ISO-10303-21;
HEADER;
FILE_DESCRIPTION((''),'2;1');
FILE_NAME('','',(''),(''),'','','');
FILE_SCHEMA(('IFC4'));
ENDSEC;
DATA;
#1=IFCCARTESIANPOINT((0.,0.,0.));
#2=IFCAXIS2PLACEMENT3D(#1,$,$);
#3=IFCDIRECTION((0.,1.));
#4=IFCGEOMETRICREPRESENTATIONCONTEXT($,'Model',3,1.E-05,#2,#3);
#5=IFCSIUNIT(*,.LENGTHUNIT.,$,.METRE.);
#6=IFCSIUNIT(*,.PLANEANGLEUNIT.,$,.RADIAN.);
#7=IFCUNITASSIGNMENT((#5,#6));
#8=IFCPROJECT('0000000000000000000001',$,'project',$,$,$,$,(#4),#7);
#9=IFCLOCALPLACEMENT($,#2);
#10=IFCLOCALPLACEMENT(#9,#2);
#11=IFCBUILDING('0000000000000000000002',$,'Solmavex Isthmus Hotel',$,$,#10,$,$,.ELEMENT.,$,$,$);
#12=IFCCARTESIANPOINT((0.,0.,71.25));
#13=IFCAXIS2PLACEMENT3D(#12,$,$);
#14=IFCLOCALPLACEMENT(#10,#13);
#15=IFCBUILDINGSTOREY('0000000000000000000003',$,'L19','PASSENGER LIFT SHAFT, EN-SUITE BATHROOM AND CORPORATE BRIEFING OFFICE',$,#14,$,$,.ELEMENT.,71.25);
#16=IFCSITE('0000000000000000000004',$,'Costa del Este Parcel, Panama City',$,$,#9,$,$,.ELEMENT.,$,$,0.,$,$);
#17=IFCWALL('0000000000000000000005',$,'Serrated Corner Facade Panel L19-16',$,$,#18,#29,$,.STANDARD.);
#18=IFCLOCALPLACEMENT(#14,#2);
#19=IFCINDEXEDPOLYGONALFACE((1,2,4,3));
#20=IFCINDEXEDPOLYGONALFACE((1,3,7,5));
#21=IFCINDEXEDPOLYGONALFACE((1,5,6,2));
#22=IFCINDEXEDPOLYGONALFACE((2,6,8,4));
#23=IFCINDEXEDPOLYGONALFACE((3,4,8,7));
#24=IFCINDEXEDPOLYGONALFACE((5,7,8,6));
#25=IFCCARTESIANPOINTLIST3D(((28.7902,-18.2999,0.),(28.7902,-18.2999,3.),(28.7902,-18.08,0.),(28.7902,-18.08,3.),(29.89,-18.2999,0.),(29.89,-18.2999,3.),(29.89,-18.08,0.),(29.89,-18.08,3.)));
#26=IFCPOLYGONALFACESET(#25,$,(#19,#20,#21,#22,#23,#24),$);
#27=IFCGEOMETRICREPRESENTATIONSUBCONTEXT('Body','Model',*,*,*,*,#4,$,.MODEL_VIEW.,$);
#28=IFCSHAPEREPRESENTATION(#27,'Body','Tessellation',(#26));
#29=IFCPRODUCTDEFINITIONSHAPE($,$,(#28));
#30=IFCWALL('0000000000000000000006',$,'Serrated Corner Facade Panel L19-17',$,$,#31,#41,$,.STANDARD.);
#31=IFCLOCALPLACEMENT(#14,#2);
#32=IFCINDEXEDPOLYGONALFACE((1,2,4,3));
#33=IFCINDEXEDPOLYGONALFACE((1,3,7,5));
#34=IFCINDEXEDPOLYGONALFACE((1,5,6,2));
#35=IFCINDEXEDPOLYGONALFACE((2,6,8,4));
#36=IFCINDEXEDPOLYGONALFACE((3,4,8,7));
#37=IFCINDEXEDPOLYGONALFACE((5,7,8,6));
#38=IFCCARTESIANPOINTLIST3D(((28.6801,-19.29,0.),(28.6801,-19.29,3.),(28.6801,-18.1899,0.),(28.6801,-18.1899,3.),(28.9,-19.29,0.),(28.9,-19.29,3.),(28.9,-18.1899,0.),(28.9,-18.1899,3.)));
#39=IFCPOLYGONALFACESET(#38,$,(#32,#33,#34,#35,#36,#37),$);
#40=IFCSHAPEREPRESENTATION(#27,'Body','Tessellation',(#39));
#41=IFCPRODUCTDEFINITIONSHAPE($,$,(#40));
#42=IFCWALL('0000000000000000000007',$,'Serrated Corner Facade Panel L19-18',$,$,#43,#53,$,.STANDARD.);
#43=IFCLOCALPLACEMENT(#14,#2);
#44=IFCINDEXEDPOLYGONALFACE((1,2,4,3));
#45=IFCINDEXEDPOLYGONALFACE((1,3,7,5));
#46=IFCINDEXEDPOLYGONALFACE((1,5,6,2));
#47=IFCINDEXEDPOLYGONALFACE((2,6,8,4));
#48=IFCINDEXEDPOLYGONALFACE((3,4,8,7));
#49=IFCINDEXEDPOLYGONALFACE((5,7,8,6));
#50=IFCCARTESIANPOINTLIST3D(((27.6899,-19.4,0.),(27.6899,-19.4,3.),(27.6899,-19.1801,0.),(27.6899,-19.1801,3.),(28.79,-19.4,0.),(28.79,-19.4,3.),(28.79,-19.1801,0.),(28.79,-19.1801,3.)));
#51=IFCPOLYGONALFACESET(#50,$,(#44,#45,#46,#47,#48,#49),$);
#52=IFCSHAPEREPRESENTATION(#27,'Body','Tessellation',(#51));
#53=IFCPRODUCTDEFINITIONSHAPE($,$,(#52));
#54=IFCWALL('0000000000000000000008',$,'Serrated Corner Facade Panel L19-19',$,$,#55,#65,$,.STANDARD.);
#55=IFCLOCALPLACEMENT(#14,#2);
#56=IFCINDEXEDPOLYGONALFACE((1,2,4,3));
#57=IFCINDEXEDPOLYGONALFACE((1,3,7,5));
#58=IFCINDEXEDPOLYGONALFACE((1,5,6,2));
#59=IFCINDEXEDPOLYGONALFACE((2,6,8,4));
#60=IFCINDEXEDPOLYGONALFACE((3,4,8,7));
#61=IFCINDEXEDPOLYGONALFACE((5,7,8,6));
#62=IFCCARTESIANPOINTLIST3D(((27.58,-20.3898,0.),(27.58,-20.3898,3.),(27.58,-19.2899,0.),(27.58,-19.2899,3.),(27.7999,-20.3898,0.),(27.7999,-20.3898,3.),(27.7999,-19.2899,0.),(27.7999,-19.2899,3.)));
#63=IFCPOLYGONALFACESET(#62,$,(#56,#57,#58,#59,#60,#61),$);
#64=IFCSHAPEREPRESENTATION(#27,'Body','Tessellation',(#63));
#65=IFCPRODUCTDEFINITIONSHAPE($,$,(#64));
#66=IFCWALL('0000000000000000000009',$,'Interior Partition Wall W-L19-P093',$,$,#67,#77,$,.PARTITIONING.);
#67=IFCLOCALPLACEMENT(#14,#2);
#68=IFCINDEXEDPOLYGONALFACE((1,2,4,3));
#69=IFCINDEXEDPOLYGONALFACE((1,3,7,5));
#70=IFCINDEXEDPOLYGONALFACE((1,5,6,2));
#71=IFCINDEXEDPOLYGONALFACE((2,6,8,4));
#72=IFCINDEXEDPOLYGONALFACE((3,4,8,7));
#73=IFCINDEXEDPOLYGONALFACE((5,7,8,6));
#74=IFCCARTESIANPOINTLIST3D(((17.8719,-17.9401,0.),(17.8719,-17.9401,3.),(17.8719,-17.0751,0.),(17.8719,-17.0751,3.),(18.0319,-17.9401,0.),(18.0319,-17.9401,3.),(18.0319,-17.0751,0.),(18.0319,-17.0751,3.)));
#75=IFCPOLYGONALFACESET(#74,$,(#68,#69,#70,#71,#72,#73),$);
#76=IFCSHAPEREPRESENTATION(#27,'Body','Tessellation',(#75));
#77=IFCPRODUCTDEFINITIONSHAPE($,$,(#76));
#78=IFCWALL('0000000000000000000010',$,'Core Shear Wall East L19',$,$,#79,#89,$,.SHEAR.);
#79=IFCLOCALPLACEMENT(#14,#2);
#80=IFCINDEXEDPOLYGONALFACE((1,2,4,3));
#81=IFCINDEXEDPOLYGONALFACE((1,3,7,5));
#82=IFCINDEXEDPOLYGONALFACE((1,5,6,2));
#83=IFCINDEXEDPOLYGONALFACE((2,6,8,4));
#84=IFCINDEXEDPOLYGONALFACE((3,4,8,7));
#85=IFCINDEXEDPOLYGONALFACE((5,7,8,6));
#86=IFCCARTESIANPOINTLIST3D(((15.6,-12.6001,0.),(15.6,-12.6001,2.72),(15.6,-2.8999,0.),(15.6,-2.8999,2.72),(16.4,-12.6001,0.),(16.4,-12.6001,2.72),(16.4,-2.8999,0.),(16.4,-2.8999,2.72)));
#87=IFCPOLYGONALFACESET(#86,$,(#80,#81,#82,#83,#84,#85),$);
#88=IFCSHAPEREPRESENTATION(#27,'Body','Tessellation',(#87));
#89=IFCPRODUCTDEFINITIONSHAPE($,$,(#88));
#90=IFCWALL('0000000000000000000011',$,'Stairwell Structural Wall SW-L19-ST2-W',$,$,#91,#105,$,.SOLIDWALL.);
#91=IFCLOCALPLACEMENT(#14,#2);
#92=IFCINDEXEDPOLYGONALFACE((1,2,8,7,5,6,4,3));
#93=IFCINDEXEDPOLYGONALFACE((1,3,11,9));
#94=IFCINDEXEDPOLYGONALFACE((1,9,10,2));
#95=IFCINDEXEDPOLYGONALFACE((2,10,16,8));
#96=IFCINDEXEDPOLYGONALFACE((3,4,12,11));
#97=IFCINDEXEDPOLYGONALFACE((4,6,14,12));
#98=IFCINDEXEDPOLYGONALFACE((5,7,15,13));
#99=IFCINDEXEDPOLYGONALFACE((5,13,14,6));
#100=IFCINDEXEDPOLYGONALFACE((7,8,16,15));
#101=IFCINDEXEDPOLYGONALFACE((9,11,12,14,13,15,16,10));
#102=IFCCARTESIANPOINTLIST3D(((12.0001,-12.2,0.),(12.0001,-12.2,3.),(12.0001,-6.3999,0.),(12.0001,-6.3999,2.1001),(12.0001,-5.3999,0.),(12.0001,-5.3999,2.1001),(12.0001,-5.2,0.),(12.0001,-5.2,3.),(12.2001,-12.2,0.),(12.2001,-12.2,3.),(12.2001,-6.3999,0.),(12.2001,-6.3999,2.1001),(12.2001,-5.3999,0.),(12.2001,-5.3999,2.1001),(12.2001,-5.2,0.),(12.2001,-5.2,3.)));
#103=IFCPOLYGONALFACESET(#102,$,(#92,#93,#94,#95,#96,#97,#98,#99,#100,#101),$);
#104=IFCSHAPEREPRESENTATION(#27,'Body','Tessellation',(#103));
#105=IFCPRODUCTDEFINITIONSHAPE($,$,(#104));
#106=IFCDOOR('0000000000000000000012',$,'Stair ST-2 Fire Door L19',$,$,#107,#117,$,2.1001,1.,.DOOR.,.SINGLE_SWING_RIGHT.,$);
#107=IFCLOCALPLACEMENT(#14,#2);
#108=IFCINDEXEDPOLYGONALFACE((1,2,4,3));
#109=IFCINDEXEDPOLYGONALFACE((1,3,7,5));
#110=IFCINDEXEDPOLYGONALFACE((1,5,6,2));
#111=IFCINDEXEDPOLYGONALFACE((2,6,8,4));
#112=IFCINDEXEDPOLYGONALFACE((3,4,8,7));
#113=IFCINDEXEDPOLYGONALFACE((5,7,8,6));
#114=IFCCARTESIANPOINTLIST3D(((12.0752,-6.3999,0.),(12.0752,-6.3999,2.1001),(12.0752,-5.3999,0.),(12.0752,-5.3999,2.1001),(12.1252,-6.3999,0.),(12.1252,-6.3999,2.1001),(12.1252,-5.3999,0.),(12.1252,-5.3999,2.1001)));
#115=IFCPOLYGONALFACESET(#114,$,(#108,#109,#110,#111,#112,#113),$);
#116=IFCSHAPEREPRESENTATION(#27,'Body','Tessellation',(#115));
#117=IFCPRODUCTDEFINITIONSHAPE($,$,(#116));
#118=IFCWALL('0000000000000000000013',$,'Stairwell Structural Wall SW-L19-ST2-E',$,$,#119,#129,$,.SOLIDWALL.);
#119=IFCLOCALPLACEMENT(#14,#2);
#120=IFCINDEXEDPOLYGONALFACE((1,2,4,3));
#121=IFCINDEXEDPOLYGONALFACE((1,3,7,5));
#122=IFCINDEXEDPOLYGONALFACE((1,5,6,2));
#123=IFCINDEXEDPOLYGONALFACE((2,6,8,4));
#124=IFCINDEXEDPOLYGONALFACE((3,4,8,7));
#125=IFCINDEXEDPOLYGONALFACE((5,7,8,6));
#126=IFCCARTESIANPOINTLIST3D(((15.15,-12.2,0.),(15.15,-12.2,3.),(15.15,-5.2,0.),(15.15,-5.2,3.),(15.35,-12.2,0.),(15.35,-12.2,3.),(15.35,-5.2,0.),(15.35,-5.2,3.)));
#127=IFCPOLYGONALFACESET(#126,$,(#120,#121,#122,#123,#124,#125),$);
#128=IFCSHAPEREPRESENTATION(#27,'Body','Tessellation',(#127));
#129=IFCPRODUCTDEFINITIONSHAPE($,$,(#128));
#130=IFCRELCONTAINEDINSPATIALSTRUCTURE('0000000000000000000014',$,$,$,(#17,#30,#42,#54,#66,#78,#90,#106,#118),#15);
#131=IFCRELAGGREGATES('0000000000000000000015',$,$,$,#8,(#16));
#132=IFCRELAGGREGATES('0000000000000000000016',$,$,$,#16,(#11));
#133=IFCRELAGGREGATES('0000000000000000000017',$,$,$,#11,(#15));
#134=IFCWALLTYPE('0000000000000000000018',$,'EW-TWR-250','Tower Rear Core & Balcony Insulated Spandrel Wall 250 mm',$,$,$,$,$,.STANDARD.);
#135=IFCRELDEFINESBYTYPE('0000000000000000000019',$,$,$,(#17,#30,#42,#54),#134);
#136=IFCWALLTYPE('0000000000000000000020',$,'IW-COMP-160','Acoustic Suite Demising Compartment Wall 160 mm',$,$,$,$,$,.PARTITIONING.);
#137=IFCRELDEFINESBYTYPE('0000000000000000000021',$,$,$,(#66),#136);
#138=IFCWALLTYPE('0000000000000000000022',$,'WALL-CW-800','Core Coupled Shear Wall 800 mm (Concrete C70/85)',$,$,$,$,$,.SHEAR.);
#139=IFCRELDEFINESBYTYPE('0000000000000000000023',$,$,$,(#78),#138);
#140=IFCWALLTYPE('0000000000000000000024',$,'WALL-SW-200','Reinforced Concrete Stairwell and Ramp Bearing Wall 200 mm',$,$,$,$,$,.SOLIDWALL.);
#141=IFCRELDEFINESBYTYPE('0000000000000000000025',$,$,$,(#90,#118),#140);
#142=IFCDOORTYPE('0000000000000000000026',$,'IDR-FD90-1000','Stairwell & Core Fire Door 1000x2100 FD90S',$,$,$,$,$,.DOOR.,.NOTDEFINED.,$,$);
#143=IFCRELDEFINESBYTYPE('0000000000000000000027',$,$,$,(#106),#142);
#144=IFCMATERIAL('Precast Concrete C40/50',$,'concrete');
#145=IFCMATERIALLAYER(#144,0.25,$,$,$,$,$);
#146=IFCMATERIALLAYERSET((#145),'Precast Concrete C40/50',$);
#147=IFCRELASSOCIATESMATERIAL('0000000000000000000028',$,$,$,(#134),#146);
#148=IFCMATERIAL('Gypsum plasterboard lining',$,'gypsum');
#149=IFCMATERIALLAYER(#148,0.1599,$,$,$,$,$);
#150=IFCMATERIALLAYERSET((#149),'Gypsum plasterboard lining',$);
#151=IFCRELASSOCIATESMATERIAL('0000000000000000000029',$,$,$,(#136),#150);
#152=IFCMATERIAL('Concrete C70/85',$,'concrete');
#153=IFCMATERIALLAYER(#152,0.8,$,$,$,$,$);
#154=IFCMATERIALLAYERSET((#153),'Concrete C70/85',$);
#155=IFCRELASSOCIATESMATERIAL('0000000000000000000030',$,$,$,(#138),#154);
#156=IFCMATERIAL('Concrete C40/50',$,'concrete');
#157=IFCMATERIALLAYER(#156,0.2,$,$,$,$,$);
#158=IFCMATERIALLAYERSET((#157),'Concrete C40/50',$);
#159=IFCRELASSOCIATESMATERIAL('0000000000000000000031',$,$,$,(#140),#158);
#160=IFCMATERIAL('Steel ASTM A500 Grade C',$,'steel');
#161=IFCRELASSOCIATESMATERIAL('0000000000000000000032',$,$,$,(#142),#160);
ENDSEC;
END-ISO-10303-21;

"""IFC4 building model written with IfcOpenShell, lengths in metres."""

from ifc_helpers import new_model, si_unit, direction, frame, frame_2d, origin, place, context, subcontext, project, spatial, rectangle, extrude, material, layer, layer_set, type_object, element, fill, save


model = new_model("IFC4")

# Units and contexts
model_context = context("Model", 3, precision=1e-05, world=origin(), true_north=direction((0.0, 1.0)))
body_context = subcontext(model_context, "Body", "Model", "MODEL_VIEW")
ifc_project = project(units=[si_unit("LENGTHUNIT", "METRE"), si_unit("PLANEANGLEUNIT", "RADIAN")], contexts=[model_context])

# Site, building, storey
site_placement = place(None, origin())
site = spatial("IfcSite", under=ifc_project, at=site_placement, Name="Costa del Este Parcel, Panama City", CompositionType="ELEMENT", RefElevation=0.0)
building_placement = place(site_placement, origin())
building = spatial("IfcBuilding", under=site, at=building_placement, Name="Solmavex Isthmus Hotel", CompositionType="ELEMENT")
storey_placement = place(building_placement, frame((0.0, 0.0, 71.25)))
storey = spatial("IfcBuildingStorey", under=building, at=storey_placement, Name="L19", Description="PASSENGER LIFT SHAFT, EN-SUITE BATHROOM AND CORPORATE BRIEFING OFFICE", CompositionType="ELEMENT", Elevation=71.25)

# Shared definitions
ifc_material_1 = material(Name="Concrete C70/85", Category="concrete")

# Walls
ifc_material_2 = material(Name="Precast Concrete C40/50", Category="concrete")
ifc_layer_1 = layer(ifc_material_2, 0.25)
ifc_layer_set_1 = layer_set([ifc_layer_1], Name="Precast Concrete C40/50")
wall_type_1 = type_object("IfcWallType", Name="EW-TWR-250", Description="Tower Rear Core & Balcony Insulated Spandrel Wall 250 mm", PredefinedType="STANDARD", material=ifc_layer_set_1)
wall_1_placement = place(storey_placement, frame((29.8899, -18.1899, 0.0), z_axis=(0.0, 0.0, 1.0), x_axis=(-1.0, 0.0, 0.0)))
element("IfcWall", 1, at=wall_1_placement, inside=storey, type_object=wall_type_1, Name="Serrated Corner Facade Panel L19-16", PredefinedType="STANDARD", context=body_context, shape_type="SweptSolid", body=[
    extrude(rectangle(XDim=1.0999, YDim=0.22, at=frame_2d((0.5498, 0.0))), origin(), (0.0, 0.0, 1.0), 3.0),
])
for number, where, z_axis, x_axis, name in (
    (2, (28.79, -18.1899, 0.0), (0.0, 0.0, 1.0), (0.0, -1.0, 0.0), "Serrated Corner Facade Panel L19-17"),
    (3, (28.79, -19.29, 0.0), (0.0, 0.0, 1.0), (-1.0, 0.0, 0.0), "Serrated Corner Facade Panel L19-18"),
):
    element("IfcWall", number, at=place(storey_placement, frame(where, z_axis=z_axis, x_axis=x_axis)), inside=storey, type_object=wall_type_1, Name=name, PredefinedType="STANDARD", context=body_context, shape_type="SweptSolid", body=[
        extrude(rectangle(XDim=1.1001, YDim=0.22, at=frame_2d((0.55, 0.0))), origin(), (0.0, 0.0, 1.0), 3.0),
    ])
wall_2_placement = place(storey_placement, frame((27.6899, -19.29, 0.0), z_axis=(0.0, 0.0, 1.0), x_axis=(0.0, -1.0, 0.0)))
element("IfcWall", 4, at=wall_2_placement, inside=storey, type_object=wall_type_1, Name="Serrated Corner Facade Panel L19-19", PredefinedType="STANDARD", context=body_context, shape_type="SweptSolid", body=[
    extrude(rectangle(XDim=1.0999, YDim=0.22, at=frame_2d((0.5498, 0.0))), origin(), (0.0, 0.0, 1.0), 3.0),
])
ifc_material_3 = material(Name="Gypsum plasterboard lining", Category="gypsum")
ifc_layer_2 = layer(ifc_material_3, 0.1599)
ifc_layer_set_2 = layer_set([ifc_layer_2], Name="Gypsum plasterboard lining")
wall_type_2 = type_object("IfcWallType", Name="IW-COMP-160", Description="Acoustic Suite Demising Compartment Wall 160 mm", PredefinedType="PARTITIONING", material=ifc_layer_set_2)
wall_3_placement = place(storey_placement, frame((17.9519, -17.075, 0.0), z_axis=(0.0, 0.0, 1.0), x_axis=(0.0, -1.0, 0.0)))
element("IfcWall", 5, at=wall_3_placement, inside=storey, type_object=wall_type_2, Name="Interior Partition Wall W-L19-P093", PredefinedType="PARTITIONING", context=body_context, shape_type="SweptSolid", body=[
    extrude(rectangle(XDim=0.865, YDim=0.1599, at=frame_2d((0.4326, 0.0))), origin(), (0.0, 0.0, 1.0), 3.0),
])
ifc_layer_3 = layer(ifc_material_1, 0.8)
ifc_layer_set_3 = layer_set([ifc_layer_3], Name="Concrete C70/85")
wall_type_3 = type_object("IfcWallType", Name="WALL-CW-800", Description="Core Coupled Shear Wall 800 mm (Concrete C70/85)", PredefinedType="SHEAR", material=ifc_layer_set_3)
wall_4_placement = place(storey_placement, frame((16.0, -12.6001, 0.0), z_axis=(0.0, 0.0, 1.0), x_axis=(0.0, 1.0, 0.0)))
element("IfcWall", 6, at=wall_4_placement, inside=storey, type_object=wall_type_3, Name="Core Shear Wall East L19", PredefinedType="SHEAR", context=body_context, shape_type="SweptSolid", body=[
    extrude(rectangle(XDim=9.7002, YDim=0.8, at=frame_2d((4.8501, 0.0))), origin(), (0.0, 0.0, 1.0), 2.72),
])

# Wall, opening, door
ifc_material_4 = material(Name="Concrete C40/50", Category="concrete")
ifc_layer_4 = layer(ifc_material_4, 0.2)
ifc_layer_set_4 = layer_set([ifc_layer_4], Name="Concrete C40/50")
wall_type_4 = type_object("IfcWallType", Name="WALL-SW-200", Description="Reinforced Concrete Stairwell and Ramp Bearing Wall 200 mm", PredefinedType="SOLIDWALL", material=ifc_layer_set_4)
wall_5_placement = place(storey_placement, frame((12.1001, -12.2, 0.0), z_axis=(0.0, 0.0, 1.0), x_axis=(0.0, 1.0, 0.0)))
wall_5 = element("IfcWall", 7, at=wall_5_placement, inside=storey, type_object=wall_type_4, Name="Stairwell Structural Wall SW-L19-ST2-W", PredefinedType="SOLIDWALL", context=body_context, shape_type="SweptSolid", body=[
    extrude(rectangle(XDim=7.0, YDim=0.2, at=frame_2d((3.5, 0.0))), origin(), (0.0, 0.0, 1.0), 3.0),
])
opening_placement = place(wall_5_placement, frame((5.8, 0.0, 0.0)))
opening = element("IfcOpeningElement", 8, at=opening_placement, cuts=wall_5, PredefinedType="OPENING", context=body_context, shape_type="SweptSolid", body=[
    extrude(rectangle(XDim=1.0, YDim=2.1001, at=frame_2d((0.5, 1.05))), frame((0.0, 0.1099, 0.0), z_axis=(0.0, -1.0, 0.0), x_axis=(1.0, 0.0, 0.0)), (0.0, 0.0, 1.0), 0.22),
])
ifc_material_5 = material(Name="Steel ASTM A500 Grade C", Category="steel")
door_type = type_object("IfcDoorType", Name="IDR-FD90-1000", Description="Stairwell & Core Fire Door 1000x2100 FD90S", OperationType="NOTDEFINED", PredefinedType="DOOR", material=ifc_material_5)
door_placement = place(opening_placement, origin())
door = element("IfcDoor", 9, at=door_placement, inside=storey, type_object=door_type, Name="Stair ST-2 Fire Door L19", OperationType="SINGLE_SWING_RIGHT", OverallHeight=2.1001, OverallWidth=1.0, PredefinedType="DOOR", context=body_context, shape_type="SweptSolid", body=[
    extrude(rectangle(XDim=1.0, YDim=2.1001, at=frame_2d((0.5, 1.05))), frame((0.0, 0.0249, 0.0), z_axis=(0.0, -1.0, 0.0), x_axis=(1.0, 0.0, 0.0)), (0.0, 0.0, 1.0), 0.05),
])
fill(opening, door)

# Wall
wall_6_placement = place(storey_placement, frame((15.25, -12.2, 0.0), z_axis=(0.0, 0.0, 1.0), x_axis=(0.0, 1.0, 0.0)))
element("IfcWall", 10, at=wall_6_placement, inside=storey, type_object=wall_type_4, Name="Stairwell Structural Wall SW-L19-ST2-E", PredefinedType="SOLIDWALL", context=body_context, shape_type="SweptSolid", body=[
    extrude(rectangle(XDim=7.0, YDim=0.2, at=frame_2d((3.5, 0.0))), origin(), (0.0, 0.0, 1.0), 3.0),
])

save(model, "model.ifc")
